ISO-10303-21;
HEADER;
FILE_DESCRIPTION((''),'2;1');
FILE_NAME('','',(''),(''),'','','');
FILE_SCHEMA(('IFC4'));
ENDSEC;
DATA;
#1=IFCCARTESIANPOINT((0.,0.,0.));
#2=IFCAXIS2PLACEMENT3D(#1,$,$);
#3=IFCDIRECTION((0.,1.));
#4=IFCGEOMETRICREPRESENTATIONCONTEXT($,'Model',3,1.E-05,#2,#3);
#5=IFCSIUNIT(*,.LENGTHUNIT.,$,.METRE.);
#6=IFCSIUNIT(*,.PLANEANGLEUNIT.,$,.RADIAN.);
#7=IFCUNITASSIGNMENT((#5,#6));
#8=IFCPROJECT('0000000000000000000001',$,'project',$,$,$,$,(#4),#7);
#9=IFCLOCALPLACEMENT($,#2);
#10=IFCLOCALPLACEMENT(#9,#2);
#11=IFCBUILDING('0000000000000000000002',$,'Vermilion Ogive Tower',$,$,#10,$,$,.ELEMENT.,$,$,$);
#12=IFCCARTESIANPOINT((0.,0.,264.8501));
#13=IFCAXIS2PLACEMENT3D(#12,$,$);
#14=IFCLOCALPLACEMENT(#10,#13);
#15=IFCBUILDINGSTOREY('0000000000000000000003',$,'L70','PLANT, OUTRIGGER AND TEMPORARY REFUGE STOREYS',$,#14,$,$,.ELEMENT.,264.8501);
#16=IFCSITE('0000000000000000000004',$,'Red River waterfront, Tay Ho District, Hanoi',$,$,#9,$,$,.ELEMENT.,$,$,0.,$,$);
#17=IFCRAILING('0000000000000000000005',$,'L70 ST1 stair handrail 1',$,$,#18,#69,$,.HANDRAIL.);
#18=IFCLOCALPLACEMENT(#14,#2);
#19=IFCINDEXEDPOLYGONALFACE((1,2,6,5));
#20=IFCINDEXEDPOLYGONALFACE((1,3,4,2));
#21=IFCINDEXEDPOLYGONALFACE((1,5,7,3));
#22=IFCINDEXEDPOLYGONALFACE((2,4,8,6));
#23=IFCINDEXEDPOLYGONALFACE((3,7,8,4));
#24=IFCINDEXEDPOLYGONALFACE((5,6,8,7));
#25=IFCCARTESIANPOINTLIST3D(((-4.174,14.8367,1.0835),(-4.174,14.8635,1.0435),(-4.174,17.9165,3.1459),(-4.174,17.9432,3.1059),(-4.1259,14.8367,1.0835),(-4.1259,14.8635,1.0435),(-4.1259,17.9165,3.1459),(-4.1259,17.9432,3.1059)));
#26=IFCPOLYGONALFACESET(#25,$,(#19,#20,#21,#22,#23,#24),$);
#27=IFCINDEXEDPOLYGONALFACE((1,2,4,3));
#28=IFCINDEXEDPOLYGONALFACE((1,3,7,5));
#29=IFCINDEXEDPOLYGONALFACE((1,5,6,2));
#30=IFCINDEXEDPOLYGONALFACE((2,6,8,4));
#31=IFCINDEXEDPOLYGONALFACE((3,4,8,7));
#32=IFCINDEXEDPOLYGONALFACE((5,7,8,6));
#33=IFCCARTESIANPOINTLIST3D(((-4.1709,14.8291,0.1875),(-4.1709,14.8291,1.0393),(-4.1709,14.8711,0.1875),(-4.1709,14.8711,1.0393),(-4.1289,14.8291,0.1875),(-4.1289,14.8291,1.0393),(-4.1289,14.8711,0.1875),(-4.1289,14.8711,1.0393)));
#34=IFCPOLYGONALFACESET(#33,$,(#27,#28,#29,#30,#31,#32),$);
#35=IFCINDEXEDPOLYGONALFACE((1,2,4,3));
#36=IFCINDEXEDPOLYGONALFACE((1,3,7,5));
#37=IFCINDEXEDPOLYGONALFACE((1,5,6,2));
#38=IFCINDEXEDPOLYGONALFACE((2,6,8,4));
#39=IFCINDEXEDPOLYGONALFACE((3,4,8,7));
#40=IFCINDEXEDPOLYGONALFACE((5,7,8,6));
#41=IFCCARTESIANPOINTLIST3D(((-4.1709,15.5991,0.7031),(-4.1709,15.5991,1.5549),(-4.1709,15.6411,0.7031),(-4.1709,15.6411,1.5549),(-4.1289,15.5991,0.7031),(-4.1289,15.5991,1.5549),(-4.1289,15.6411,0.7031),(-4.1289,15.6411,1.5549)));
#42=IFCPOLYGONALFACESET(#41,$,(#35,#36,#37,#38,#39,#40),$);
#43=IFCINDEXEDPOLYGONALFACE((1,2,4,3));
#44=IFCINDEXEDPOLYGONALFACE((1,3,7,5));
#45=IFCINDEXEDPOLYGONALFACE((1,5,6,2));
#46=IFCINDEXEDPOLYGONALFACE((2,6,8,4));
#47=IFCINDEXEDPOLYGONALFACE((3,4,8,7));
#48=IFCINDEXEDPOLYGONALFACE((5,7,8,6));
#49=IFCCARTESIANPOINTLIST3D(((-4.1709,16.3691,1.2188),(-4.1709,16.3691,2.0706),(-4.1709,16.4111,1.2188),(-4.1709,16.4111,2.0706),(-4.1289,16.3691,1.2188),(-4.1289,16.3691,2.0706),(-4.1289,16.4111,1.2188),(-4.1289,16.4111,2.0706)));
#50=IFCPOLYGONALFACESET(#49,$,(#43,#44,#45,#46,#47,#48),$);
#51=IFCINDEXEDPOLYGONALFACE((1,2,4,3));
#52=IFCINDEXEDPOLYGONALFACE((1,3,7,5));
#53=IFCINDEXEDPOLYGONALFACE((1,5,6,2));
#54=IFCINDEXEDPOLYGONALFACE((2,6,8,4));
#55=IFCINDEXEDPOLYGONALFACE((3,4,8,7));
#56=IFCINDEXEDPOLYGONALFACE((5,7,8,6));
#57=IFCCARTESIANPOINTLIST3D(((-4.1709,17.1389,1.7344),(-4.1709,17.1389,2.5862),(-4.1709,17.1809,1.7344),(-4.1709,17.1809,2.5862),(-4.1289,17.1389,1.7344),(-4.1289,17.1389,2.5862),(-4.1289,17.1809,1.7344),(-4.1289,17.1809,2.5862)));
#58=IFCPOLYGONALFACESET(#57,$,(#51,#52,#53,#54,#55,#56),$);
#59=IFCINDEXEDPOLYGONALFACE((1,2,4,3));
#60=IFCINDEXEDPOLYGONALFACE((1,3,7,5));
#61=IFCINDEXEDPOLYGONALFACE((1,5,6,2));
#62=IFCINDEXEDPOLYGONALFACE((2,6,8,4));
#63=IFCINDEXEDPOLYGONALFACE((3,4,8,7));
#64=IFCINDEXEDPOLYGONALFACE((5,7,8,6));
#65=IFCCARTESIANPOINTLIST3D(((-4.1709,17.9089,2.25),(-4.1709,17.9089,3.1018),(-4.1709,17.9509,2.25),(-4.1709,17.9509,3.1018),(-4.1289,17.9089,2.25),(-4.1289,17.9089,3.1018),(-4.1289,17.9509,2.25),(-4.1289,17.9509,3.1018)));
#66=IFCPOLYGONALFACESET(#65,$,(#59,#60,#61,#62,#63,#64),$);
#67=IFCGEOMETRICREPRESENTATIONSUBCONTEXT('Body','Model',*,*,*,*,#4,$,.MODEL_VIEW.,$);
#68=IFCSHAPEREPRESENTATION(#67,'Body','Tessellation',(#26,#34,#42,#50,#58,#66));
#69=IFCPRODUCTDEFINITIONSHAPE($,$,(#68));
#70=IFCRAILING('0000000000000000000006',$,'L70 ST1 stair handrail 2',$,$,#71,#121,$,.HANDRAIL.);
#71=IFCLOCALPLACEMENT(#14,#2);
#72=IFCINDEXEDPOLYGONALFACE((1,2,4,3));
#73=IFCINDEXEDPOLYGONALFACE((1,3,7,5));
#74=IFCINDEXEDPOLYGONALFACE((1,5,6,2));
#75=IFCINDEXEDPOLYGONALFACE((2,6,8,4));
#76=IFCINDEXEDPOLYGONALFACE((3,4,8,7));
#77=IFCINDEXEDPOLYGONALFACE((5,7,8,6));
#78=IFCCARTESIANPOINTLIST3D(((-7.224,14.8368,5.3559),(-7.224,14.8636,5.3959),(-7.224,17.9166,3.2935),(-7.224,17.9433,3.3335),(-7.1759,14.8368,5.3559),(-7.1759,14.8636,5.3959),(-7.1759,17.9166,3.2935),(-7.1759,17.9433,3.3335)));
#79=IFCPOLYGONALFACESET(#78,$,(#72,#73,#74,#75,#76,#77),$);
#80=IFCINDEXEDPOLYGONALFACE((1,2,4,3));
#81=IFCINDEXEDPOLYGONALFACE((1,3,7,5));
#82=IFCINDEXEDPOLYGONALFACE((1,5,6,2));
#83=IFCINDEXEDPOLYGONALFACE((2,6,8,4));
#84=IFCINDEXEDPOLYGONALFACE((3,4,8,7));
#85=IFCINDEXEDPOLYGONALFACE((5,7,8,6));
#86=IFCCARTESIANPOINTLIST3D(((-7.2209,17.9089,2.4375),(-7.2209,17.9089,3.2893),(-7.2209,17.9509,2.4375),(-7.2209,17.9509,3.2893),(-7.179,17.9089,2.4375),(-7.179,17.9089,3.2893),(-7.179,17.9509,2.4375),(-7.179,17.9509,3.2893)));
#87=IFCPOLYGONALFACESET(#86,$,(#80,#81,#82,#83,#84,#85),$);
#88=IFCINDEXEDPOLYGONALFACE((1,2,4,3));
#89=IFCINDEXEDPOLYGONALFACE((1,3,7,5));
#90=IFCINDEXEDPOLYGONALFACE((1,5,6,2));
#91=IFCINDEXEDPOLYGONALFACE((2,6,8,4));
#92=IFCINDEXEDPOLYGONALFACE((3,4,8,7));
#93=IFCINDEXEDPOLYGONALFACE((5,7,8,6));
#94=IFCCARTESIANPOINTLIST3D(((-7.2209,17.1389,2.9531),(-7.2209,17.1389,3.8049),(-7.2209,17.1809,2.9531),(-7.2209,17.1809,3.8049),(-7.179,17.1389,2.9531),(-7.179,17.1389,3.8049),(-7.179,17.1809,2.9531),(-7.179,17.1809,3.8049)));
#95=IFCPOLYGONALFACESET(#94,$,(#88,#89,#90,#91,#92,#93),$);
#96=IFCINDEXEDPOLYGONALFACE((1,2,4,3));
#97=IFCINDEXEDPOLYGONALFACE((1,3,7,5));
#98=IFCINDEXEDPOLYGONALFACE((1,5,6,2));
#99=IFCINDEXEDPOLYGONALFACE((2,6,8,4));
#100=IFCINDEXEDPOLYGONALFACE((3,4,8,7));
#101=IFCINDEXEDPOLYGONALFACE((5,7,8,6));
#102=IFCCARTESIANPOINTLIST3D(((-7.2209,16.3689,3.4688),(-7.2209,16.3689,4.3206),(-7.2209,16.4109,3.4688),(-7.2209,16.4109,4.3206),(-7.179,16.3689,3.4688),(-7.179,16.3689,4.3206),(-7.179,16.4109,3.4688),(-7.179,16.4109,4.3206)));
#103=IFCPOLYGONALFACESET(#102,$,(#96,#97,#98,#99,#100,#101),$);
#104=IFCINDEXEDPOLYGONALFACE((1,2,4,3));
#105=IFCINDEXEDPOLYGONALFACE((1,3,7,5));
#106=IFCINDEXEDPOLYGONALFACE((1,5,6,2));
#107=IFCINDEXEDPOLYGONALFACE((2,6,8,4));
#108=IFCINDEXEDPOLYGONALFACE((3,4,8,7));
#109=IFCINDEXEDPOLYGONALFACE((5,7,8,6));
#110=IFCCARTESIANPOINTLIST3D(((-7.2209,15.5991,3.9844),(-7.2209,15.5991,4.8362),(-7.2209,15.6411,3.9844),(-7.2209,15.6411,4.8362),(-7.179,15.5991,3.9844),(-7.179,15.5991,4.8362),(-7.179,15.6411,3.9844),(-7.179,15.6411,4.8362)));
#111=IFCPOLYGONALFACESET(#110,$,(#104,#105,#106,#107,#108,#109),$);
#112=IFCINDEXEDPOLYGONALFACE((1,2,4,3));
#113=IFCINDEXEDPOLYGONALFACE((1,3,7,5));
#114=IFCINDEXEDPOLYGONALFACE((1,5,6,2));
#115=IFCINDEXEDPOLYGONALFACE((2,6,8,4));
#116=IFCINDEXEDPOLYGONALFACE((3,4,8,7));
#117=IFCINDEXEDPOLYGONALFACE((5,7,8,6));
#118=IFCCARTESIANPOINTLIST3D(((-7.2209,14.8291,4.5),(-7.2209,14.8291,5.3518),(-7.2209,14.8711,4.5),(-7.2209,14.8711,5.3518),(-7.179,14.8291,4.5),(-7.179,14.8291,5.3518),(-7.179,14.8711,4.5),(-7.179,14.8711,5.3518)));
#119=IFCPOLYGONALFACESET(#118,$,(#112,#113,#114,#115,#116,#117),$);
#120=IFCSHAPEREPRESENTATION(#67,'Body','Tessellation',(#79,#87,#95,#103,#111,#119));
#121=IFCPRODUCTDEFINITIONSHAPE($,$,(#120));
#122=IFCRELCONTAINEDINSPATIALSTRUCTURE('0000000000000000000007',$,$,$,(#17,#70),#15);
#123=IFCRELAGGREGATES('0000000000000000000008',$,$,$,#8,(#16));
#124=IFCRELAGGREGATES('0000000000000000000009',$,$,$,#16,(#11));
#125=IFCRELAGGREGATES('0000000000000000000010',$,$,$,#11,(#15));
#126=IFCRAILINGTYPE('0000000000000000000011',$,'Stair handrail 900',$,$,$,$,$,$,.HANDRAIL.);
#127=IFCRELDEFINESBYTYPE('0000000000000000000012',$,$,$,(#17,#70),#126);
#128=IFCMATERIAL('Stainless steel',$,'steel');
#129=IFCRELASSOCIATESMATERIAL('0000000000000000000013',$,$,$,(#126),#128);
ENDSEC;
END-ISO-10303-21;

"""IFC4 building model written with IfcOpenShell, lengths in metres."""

from ifc_helpers import new_model, si_unit, direction, frame, origin, origin_2d, place, context, subcontext, project, spatial, rectangle, extrude, material, type_object, element, save


model = new_model("IFC4")

# Units and contexts
model_context = context("Model", 3, precision=1e-05, world=origin(), true_north=direction((0.0, 1.0)))
body_context = subcontext(model_context, "Body", "Model", "MODEL_VIEW")
ifc_project = project(units=[si_unit("LENGTHUNIT", "METRE"), si_unit("PLANEANGLEUNIT", "RADIAN")], contexts=[model_context])

# Site, building, storey
site_placement = place(None, origin())
site = spatial("IfcSite", under=ifc_project, at=site_placement, Name="Red River waterfront, Tay Ho District, Hanoi", CompositionType="ELEMENT", RefElevation=0.0)
building_placement = place(site_placement, origin())
building = spatial("IfcBuilding", under=site, at=building_placement, Name="Vermilion Ogive Tower", CompositionType="ELEMENT")
storey_placement = place(building_placement, frame((0.0, 0.0, 264.8501)))
storey = spatial("IfcBuildingStorey", under=building, at=storey_placement, Name="L70", Description="PLANT, OUTRIGGER AND TEMPORARY REFUGE STOREYS", CompositionType="ELEMENT", Elevation=264.8501)

# Railings
ifc_material_1 = material(Name="Stainless steel", Category="steel")
railing_type_1 = type_object("IfcRailingType", Name="Stair handrail 900", PredefinedType="HANDRAIL", material=ifc_material_1)
railing_1_placement = place(storey_placement, frame((-4.1499, 14.8501, 0.1875)))
element("IfcRailing", 1, at=railing_1_placement, inside=storey, type_object=railing_type_1, Name="L70 ST1 stair handrail 1", PredefinedType="HANDRAIL", context=body_context, shape_type="SweptSolid", body=[
    extrude(rectangle(XDim=0.0481, YDim=0.0481, at=origin_2d()), frame((0.0, 0.0, 0.876), z_axis=(0.0, 0.830893, 0.556432), x_axis=(-1.0, 0.0, 0.0)), (0.0, 0.0, 1.0), 3.7065),
    extrude(rectangle(XDim=0.042, YDim=0.042, at=origin_2d()), origin(), (0.0, 0.0, 1.0), 0.8518),
    extrude(rectangle(XDim=0.042, YDim=0.042, at=origin_2d()), frame((0.0, 0.77, 0.5156)), (0.0, 0.0, 1.0), 0.8518),
    extrude(rectangle(XDim=0.042, YDim=0.042, at=origin_2d()), frame((0.0, 1.54, 1.0312)), (0.0, 0.0, 1.0), 0.8518),
    extrude(rectangle(XDim=0.042, YDim=0.042, at=origin_2d()), frame((0.0, 2.3098, 1.5469)), (0.0, 0.0, 1.0), 0.8518),
    extrude(rectangle(XDim=0.042, YDim=0.042, at=origin_2d()), frame((0.0, 3.0798, 2.0625)), (0.0, 0.0, 1.0), 0.8518),
])
railing_2_placement = place(storey_placement, frame((-7.2, 17.9299, 2.4375)))
element("IfcRailing", 2, at=railing_2_placement, inside=storey, type_object=railing_type_1, Name="L70 ST1 stair handrail 2", PredefinedType="HANDRAIL", context=body_context, shape_type="SweptSolid", body=[
    extrude(rectangle(XDim=0.0481, YDim=0.0481, at=origin_2d()), frame((0.0, 0.0, 0.876), z_axis=(0.0, -0.830893, 0.556432), x_axis=(1.0, 0.0, 0.0)), (0.0, 0.0, 1.0), 3.7065),
    extrude(rectangle(XDim=0.042, YDim=0.042, at=origin_2d()), origin(), (0.0, 0.0, 1.0), 0.8518),
    extrude(rectangle(XDim=0.042, YDim=0.042, at=origin_2d()), frame((0.0, -0.77, 0.5156)), (0.0, 0.0, 1.0), 0.8518),
    extrude(rectangle(XDim=0.042, YDim=0.042, at=origin_2d()), frame((0.0, -1.54, 1.0312)), (0.0, 0.0, 1.0), 0.8518),
    extrude(rectangle(XDim=0.042, YDim=0.042, at=origin_2d()), frame((0.0, -2.3098, 1.5469)), (0.0, 0.0, 1.0), 0.8518),
    extrude(rectangle(XDim=0.042, YDim=0.042, at=origin_2d()), frame((0.0, -3.0798, 2.0625)), (0.0, 0.0, 1.0), 0.8518),
])

save(model, "model.ifc")
